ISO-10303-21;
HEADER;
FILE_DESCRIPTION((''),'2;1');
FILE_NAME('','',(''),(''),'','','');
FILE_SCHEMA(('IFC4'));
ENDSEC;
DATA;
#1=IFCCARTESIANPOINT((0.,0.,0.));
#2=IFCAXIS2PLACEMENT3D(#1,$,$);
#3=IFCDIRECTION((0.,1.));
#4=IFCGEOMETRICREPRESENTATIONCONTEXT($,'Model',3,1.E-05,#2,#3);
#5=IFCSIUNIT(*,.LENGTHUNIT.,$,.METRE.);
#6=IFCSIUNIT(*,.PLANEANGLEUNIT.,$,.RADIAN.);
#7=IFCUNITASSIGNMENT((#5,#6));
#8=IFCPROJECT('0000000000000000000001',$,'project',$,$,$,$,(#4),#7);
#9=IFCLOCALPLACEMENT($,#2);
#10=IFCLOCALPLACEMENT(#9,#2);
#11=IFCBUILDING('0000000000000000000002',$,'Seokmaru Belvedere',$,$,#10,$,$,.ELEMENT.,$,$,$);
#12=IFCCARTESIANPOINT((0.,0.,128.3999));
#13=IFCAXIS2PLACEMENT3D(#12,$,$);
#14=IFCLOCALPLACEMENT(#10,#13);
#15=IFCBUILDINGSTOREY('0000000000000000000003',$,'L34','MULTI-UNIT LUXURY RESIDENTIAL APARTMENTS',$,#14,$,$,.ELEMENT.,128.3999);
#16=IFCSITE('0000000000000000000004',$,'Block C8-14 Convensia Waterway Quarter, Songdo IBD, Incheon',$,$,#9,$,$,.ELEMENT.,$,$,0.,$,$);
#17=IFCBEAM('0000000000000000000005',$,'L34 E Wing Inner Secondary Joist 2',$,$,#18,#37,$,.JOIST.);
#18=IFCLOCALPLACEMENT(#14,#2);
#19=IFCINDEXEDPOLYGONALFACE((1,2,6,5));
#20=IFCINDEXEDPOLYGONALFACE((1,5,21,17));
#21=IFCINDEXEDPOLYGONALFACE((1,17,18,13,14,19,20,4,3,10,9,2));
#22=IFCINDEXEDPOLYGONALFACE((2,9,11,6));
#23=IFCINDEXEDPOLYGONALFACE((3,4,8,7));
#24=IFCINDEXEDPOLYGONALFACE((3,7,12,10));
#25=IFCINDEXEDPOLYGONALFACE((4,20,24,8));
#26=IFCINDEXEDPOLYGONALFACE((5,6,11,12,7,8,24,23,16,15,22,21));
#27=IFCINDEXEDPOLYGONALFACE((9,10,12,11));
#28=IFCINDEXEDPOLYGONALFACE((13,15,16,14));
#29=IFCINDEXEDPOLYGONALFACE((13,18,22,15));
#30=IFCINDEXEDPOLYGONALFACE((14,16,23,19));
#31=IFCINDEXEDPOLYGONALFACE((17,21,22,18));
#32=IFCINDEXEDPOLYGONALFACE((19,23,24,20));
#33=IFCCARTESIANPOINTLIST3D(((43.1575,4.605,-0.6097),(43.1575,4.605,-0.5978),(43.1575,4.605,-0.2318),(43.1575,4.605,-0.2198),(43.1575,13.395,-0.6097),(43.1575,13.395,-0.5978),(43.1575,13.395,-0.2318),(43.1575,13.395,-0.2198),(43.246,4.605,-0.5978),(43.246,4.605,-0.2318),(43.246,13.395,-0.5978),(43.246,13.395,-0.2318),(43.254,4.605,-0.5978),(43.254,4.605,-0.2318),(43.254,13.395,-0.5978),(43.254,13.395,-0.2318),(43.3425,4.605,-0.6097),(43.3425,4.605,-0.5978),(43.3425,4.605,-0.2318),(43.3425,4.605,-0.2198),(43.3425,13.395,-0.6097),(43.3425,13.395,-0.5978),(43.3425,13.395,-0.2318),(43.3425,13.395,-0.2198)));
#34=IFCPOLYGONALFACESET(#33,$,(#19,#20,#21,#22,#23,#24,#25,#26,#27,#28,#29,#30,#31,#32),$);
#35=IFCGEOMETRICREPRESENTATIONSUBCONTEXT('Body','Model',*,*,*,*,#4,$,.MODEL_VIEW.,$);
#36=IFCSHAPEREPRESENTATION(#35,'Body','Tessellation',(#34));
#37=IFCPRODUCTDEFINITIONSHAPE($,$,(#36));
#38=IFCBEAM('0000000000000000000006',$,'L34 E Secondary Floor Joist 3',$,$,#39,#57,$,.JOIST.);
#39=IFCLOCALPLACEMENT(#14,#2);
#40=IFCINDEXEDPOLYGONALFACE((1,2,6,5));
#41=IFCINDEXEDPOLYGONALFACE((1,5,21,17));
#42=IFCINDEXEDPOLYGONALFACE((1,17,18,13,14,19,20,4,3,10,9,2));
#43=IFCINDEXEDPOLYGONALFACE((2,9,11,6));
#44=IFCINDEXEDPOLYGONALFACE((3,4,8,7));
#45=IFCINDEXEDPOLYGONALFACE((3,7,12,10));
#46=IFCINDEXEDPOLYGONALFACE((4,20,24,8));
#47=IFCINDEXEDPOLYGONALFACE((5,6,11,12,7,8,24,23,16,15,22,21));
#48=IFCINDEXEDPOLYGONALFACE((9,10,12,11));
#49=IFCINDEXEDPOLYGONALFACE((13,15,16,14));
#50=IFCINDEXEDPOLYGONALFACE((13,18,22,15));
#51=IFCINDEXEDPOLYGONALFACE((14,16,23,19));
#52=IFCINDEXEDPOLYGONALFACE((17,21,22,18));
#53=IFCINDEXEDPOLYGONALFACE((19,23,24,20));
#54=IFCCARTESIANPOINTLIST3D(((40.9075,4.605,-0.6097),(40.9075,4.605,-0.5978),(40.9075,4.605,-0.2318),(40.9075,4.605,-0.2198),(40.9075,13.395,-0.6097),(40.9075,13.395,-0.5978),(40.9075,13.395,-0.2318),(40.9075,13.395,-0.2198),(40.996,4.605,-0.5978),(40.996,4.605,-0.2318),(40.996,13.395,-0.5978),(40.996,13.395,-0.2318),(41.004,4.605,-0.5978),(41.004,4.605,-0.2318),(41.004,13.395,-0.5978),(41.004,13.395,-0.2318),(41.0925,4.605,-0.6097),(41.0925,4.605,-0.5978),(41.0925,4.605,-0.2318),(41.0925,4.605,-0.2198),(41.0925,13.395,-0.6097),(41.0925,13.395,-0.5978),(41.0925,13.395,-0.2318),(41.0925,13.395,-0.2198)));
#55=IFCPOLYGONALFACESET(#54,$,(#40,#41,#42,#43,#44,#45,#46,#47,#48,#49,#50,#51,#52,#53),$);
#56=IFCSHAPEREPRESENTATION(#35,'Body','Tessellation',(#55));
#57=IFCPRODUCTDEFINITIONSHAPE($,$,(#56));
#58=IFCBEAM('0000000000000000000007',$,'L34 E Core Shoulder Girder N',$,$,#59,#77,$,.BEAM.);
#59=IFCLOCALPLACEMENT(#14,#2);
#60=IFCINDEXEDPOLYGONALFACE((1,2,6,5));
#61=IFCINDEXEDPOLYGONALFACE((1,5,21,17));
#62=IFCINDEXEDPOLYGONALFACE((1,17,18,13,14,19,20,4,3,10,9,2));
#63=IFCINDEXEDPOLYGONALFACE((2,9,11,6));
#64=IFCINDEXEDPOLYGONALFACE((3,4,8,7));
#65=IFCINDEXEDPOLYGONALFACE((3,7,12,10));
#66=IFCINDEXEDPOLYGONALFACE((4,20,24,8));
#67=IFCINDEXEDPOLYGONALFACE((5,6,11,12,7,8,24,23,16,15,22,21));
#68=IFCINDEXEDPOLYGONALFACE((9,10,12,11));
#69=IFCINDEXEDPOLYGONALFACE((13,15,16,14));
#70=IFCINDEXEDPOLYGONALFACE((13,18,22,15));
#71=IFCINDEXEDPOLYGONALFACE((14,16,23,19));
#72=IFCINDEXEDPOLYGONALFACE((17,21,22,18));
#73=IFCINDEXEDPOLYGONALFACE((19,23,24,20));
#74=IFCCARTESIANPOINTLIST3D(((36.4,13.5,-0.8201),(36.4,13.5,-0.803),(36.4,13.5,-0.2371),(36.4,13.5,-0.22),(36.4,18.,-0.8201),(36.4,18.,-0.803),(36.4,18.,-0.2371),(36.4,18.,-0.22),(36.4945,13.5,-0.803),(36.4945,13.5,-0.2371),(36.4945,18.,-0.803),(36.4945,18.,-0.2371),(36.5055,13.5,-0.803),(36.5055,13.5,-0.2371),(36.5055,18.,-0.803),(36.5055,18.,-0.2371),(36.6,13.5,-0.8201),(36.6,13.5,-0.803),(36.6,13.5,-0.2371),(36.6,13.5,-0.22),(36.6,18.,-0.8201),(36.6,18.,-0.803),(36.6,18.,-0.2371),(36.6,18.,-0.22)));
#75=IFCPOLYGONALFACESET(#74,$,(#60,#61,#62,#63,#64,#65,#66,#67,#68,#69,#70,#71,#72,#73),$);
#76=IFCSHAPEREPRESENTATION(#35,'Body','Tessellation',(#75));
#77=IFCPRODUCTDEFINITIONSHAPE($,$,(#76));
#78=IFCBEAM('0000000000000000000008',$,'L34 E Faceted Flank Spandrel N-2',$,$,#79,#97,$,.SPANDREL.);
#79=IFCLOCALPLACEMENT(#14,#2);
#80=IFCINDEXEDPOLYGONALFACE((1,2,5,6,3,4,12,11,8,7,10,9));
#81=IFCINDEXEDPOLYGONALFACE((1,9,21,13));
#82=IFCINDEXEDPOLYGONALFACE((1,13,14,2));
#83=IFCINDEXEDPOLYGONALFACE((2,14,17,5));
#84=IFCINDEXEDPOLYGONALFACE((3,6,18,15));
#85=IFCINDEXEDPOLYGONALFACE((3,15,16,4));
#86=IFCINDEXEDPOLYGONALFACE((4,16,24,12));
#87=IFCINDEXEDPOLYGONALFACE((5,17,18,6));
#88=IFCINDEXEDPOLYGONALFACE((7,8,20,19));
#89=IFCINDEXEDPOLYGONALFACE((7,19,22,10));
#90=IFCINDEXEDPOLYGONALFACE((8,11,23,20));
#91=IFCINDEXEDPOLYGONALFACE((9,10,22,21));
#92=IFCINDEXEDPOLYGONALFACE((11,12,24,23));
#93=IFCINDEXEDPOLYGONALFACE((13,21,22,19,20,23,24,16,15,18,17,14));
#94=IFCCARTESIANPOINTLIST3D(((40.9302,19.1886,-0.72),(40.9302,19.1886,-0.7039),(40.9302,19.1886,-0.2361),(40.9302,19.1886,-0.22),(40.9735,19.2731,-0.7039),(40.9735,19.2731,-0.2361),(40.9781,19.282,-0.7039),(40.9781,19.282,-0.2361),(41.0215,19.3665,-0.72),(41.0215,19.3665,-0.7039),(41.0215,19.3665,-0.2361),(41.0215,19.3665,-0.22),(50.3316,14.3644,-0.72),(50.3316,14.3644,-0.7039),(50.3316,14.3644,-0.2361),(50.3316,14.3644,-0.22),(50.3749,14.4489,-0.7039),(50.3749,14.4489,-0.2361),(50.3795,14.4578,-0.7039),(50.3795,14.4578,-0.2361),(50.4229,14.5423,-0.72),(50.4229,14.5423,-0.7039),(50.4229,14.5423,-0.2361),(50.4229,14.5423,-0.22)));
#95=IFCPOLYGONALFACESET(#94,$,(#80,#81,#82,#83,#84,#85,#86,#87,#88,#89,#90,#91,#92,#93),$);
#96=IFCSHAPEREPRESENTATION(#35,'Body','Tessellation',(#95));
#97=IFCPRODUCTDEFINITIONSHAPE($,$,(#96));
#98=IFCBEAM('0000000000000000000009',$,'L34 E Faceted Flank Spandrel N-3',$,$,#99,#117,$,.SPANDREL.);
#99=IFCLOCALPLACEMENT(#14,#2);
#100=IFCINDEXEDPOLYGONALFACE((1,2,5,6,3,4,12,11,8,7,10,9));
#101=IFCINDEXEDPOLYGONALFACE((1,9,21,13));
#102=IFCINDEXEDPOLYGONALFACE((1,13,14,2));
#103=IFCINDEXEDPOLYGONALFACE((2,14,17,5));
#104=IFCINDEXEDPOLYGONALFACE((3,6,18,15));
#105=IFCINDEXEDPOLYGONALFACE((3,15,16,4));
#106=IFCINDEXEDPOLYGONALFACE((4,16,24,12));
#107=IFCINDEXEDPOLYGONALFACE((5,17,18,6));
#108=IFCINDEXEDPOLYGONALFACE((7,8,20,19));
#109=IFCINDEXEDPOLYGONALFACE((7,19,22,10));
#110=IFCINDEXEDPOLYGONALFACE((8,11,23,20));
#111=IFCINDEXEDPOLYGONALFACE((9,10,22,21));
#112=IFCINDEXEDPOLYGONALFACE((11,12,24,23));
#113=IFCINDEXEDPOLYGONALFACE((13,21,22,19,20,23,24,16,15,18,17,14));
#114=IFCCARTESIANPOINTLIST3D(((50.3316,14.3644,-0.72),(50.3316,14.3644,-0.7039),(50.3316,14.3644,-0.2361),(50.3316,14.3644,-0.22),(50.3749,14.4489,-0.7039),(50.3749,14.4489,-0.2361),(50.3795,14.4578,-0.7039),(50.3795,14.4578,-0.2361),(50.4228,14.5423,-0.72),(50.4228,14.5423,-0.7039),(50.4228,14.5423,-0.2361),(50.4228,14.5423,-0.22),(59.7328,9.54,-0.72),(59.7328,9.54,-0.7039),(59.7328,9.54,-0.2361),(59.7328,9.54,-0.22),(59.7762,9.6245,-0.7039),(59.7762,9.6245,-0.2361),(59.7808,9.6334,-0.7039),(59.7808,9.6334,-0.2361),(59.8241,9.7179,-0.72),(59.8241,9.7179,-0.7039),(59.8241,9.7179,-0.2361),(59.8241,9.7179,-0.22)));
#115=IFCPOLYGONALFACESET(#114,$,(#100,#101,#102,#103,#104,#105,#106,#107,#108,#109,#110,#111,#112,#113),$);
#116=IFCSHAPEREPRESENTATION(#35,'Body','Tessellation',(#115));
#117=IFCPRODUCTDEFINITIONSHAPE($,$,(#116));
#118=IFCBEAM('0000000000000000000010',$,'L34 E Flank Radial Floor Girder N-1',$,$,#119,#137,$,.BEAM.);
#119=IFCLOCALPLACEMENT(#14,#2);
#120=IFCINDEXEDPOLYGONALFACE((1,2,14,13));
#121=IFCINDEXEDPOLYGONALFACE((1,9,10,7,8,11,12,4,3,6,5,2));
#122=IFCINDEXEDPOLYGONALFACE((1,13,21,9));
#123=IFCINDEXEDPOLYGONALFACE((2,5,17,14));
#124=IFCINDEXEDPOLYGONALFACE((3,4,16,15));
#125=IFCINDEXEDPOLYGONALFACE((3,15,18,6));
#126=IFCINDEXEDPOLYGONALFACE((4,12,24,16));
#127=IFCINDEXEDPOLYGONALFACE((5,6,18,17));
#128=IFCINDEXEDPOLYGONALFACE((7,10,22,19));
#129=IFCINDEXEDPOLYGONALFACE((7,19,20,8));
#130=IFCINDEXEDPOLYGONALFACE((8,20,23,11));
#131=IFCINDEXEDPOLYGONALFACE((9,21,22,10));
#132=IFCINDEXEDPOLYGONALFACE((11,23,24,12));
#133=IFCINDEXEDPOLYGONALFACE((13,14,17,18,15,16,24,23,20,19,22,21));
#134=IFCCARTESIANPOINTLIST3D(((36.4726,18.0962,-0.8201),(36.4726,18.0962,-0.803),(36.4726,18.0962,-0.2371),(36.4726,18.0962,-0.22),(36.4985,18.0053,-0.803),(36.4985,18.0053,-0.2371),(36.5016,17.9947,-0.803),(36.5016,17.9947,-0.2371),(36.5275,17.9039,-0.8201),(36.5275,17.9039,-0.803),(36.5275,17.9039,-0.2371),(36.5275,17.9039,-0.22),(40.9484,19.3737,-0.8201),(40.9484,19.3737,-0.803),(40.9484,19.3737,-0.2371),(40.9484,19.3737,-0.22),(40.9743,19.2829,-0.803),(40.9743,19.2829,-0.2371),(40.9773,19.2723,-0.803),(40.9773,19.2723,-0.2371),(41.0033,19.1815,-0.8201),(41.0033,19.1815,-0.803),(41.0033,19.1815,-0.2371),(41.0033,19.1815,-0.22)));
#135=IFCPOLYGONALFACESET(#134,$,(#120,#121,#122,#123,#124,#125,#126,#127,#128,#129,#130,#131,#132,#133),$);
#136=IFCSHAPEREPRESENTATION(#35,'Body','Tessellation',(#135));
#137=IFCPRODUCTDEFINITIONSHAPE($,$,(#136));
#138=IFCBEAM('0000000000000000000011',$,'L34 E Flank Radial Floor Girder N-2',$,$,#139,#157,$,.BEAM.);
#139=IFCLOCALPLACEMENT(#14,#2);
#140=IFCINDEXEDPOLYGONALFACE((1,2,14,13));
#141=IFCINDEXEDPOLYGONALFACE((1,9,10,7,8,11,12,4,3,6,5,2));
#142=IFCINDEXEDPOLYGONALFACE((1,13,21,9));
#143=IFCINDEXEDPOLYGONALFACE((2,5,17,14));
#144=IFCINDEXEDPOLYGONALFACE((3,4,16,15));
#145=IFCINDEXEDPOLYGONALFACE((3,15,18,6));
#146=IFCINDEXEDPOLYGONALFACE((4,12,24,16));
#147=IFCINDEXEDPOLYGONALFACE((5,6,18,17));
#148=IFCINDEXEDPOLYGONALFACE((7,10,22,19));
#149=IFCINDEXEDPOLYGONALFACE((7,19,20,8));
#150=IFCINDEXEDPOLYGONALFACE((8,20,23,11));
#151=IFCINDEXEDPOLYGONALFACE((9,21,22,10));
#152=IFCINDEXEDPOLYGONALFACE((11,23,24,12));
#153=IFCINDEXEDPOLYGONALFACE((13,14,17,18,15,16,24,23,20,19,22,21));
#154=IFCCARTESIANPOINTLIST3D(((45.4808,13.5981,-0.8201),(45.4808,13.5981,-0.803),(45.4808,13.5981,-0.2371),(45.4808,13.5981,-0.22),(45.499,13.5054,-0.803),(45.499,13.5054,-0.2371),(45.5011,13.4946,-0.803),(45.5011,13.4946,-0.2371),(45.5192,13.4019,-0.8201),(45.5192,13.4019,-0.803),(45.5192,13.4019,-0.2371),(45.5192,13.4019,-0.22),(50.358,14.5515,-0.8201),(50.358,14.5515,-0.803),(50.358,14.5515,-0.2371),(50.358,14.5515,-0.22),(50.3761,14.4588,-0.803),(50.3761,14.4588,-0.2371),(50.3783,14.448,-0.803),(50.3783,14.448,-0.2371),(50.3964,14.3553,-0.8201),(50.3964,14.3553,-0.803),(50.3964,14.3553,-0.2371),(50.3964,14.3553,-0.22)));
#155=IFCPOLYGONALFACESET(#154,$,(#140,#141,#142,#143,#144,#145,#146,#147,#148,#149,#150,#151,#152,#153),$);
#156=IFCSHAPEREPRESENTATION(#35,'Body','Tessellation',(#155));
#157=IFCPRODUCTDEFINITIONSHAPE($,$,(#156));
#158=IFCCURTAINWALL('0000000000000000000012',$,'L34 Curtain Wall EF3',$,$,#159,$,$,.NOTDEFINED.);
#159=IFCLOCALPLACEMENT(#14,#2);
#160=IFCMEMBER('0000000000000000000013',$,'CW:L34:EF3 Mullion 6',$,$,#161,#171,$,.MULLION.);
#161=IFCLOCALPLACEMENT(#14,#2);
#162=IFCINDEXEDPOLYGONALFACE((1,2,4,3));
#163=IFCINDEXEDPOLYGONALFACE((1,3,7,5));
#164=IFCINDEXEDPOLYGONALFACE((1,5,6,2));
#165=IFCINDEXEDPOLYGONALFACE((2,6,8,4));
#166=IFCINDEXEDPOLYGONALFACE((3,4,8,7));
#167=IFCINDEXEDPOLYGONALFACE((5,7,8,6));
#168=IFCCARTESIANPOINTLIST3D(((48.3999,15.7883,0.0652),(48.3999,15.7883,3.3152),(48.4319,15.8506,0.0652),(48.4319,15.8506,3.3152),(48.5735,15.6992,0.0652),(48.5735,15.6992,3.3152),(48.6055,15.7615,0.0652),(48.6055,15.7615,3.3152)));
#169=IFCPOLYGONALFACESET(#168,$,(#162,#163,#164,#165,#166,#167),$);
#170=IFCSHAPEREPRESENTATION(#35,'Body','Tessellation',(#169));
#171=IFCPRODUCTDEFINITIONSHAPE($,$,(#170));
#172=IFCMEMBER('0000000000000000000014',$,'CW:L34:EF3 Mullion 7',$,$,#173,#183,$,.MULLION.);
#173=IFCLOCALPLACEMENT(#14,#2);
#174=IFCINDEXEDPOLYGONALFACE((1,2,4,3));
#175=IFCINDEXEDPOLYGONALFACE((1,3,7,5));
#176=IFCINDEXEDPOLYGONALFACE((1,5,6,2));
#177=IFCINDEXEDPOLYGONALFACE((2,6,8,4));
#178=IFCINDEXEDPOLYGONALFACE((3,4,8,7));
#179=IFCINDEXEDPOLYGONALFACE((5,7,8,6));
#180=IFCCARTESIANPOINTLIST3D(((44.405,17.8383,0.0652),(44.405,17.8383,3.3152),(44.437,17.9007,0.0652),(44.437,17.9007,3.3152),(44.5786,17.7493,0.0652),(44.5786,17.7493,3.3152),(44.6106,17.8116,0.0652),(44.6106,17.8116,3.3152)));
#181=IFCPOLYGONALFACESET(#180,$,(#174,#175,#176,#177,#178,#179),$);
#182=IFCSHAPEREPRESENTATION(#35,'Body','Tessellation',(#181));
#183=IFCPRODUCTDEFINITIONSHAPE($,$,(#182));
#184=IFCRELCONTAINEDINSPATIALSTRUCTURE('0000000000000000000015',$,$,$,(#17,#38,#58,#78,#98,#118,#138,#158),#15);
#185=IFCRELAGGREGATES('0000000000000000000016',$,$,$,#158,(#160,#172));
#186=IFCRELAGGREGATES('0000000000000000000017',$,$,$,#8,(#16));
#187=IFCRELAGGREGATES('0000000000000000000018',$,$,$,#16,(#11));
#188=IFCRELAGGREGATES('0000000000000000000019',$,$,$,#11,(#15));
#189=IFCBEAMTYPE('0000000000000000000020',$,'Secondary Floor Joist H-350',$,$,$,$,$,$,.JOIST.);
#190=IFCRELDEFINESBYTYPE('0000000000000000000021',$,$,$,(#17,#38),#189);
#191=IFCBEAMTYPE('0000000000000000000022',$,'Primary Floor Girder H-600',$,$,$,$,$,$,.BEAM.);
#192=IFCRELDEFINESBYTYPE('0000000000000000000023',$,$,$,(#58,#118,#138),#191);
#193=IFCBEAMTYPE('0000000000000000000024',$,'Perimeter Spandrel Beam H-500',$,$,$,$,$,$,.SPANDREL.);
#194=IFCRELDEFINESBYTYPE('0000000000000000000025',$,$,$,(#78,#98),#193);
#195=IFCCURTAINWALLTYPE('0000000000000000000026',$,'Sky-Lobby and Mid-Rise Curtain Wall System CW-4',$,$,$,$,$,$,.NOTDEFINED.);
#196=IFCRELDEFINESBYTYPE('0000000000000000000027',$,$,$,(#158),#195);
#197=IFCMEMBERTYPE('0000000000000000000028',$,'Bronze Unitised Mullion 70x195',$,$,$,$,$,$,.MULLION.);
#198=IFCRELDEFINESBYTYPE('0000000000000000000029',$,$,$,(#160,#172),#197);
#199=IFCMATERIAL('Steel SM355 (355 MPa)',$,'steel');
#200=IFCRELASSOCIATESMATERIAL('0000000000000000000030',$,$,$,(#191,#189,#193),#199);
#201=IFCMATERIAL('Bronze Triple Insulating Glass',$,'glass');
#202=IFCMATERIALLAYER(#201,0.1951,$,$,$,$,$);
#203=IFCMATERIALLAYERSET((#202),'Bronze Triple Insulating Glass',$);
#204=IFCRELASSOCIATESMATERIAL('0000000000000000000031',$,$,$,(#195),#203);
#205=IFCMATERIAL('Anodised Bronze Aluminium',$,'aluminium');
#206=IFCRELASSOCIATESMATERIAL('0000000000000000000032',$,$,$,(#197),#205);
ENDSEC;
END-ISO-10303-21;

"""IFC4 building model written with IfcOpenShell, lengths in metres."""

from ifc_helpers import new_model, si_unit, direction, frame, origin, origin_2d, place, context, subcontext, project, spatial, rectangle, i_section, extrude, source, transform, mapped, material, layer, layer_set, material_profile, profile_set, type_object, type_shapes, element, aggregate, save


model = new_model("IFC4")

# Units and contexts
model_context = context("Model", 3, precision=1e-05, world=origin(), true_north=direction((0.0, 1.0)))
body_context = subcontext(model_context, "Body", "Model", "MODEL_VIEW")
ifc_project = project(units=[si_unit("LENGTHUNIT", "METRE"), si_unit("PLANEANGLEUNIT", "RADIAN")], contexts=[model_context])

# Site, building, storey
site_placement = place(None, origin())
site = spatial("IfcSite", under=ifc_project, at=site_placement, Name="Block C8-14 Convensia Waterway Quarter, Songdo IBD, Incheon", CompositionType="ELEMENT", RefElevation=0.0)
building_placement = place(site_placement, origin())
building = spatial("IfcBuilding", under=site, at=building_placement, Name="Seokmaru Belvedere", CompositionType="ELEMENT")
storey_placement = place(building_placement, frame((0.0, 0.0, 128.3999)))
storey = spatial("IfcBuildingStorey", under=building, at=storey_placement, Name="L34", Description="MULTI-UNIT LUXURY RESIDENTIAL APARTMENTS", CompositionType="ELEMENT", Elevation=128.3999)

# Shared definitions
ifc_material_1 = material(Name="Steel SM355 (355 MPa)", Category="steel")

# Beams
ifc_material_profile_1 = material_profile(ifc_material_1, i_section(OverallWidth=0.2, OverallDepth=0.6001, WebThickness=0.011, FlangeThickness=0.0171, at=origin_2d()), Name="H-600x200x11x17")
ifc_profile_set_1 = profile_set([ifc_material_profile_1], Name="Steel SM355 (355 MPa)")
beam_type_1 = type_object("IfcBeamType", Name="Primary Floor Girder H-600", PredefinedType="BEAM", material=ifc_profile_set_1)
ifc_material_profile_2 = material_profile(ifc_material_1, i_section(OverallWidth=0.1851, OverallDepth=0.3899, WebThickness=0.0081, FlangeThickness=0.012, at=origin_2d()), Name="H-390x185x8x12")
ifc_profile_set_2 = profile_set([ifc_material_profile_2], Name="Steel SM355 (355 MPa)")
beam_type_2 = type_object("IfcBeamType", Name="Secondary Floor Joist H-350", PredefinedType="JOIST", material=ifc_profile_set_2)
shared_shape_1 = source(origin(), body_context, "Body", "SweptSolid", [
    extrude(i_section(OverallWidth=0.1851, OverallDepth=0.3899, WebThickness=0.0081, FlangeThickness=0.012, at=origin_2d()), origin(), (0.0, 0.0, 1.0), 8.79),
])
type_shapes(beam_type_2, [shared_shape_1])
for number, where, z_axis, x_axis, name in (
    (1, (43.25, 4.605, -0.4148), (0.0, 1.0, 0.0), (-1.0, 0.0, 0.0), "L34 E Wing Inner Secondary Joist 2"),
    (2, (41.0, 4.605, -0.4148), (0.0, 1.0, 0.0), (-1.0, 0.0, 0.0), "L34 E Secondary Floor Joist 3"),
):
    element("IfcBeam", number, at=place(storey_placement, frame(where, z_axis=z_axis, x_axis=x_axis)), inside=storey, type_object=beam_type_2, Name=name, PredefinedType="JOIST", context=body_context, shape_type="MappedRepresentation", body=[
        mapped(shared_shape_1, transform((0.0, 0.0, 0.0), scale=1.0)),
    ])
shared_shape_2 = source(origin(), body_context, "Body", "SweptSolid", [
    extrude(i_section(OverallWidth=0.2, OverallDepth=0.6001, WebThickness=0.011, FlangeThickness=0.0171, at=origin_2d()), origin(), (0.0, 0.0, 1.0), 4.5),
])
beam_1_placement = place(storey_placement, frame((36.5, 13.5, -0.52), z_axis=(0.0, 1.0, 0.0), x_axis=(-1.0, 0.0, 0.0)))
element("IfcBeam", 3, at=beam_1_placement, inside=storey, type_object=beam_type_1, Name="L34 E Core Shoulder Girder N", PredefinedType="BEAM", context=body_context, shape_type="MappedRepresentation", body=[
    mapped(shared_shape_2, transform((0.0, 0.0, 0.0), scale=1.0)),
])
ifc_material_profile_3 = material_profile(ifc_material_1, i_section(OverallWidth=0.2, OverallDepth=0.5, WebThickness=0.01, FlangeThickness=0.0161, at=origin_2d()), Name="H-500x200x10x16")
ifc_profile_set_3 = profile_set([ifc_material_profile_3], Name="Steel SM355 (355 MPa)")
beam_type_3 = type_object("IfcBeamType", Name="Perimeter Spandrel Beam H-500", PredefinedType="SPANDREL", material=ifc_profile_set_3)
shared_shape_3 = source(origin(), body_context, "Body", "SweptSolid", [
    extrude(i_section(OverallWidth=0.2, OverallDepth=0.5, WebThickness=0.01, FlangeThickness=0.0161, at=origin_2d()), origin(), (0.0, 0.0, 1.0), 10.5669),
])
type_shapes(beam_type_3, [shared_shape_3])
for number, where, z_axis, x_axis, name in (
    (4, (40.9758, 19.2776, -0.47), (0.889702, -0.456542, 0.0), (0.456542, 0.889702, 0.0), "L34 E Faceted Flank Spandrel N-2"),
    (5, (50.3772, 14.4534, -0.47), (0.889693, -0.45656, 0.0), (0.45656, 0.889693, 0.0), "L34 E Faceted Flank Spandrel N-3"),
):
    element("IfcBeam", number, at=place(storey_placement, frame(where, z_axis=z_axis, x_axis=x_axis)), inside=storey, type_object=beam_type_3, Name=name, PredefinedType="SPANDREL", context=body_context, shape_type="MappedRepresentation", body=[
        mapped(shared_shape_3, transform((0.0, 0.0, 0.0), scale=1.0)),
    ])
shared_shape_4 = source(origin(), body_context, "Body", "SweptSolid", [
    extrude(i_section(OverallWidth=0.2, OverallDepth=0.6001, WebThickness=0.011, FlangeThickness=0.0171, at=origin_2d()), origin(), (0.0, 0.0, 1.0), 4.6545),
])
beam_2_placement = place(storey_placement, frame((40.9758, 19.2776, -0.52), z_axis=(-0.961593, -0.274479, 0.0), x_axis=(0.274479, -0.961593, 0.0)))
element("IfcBeam", 6, at=beam_2_placement, inside=storey, type_object=beam_type_1, Name="L34 E Flank Radial Floor Girder N-1", PredefinedType="BEAM", context=body_context, shape_type="MappedRepresentation", body=[
    mapped(shared_shape_4, transform((0.0, 0.0, 0.0), scale=1.0)),
])
shared_shape_5 = source(origin(), body_context, "Body", "SweptSolid", [
    extrude(i_section(OverallWidth=0.2, OverallDepth=0.6001, WebThickness=0.011, FlangeThickness=0.0171, at=origin_2d()), origin(), (0.0, 0.0, 1.0), 4.9695),
])
beam_3_placement = place(storey_placement, frame((50.3772, 14.4534, -0.52), z_axis=(-0.981425, -0.191844, 0.0), x_axis=(0.191844, -0.981425, 0.0)))
element("IfcBeam", 7, at=beam_3_placement, inside=storey, type_object=beam_type_1, Name="L34 E Flank Radial Floor Girder N-2", PredefinedType="BEAM", context=body_context, shape_type="MappedRepresentation", body=[
    mapped(shared_shape_5, transform((0.0, 0.0, 0.0), scale=1.0)),
])

# Curtain wall, members
ifc_material_2 = material(Name="Bronze Triple Insulating Glass", Category="glass")
ifc_layer_1 = layer(ifc_material_2, 0.1951)
ifc_layer_set_1 = layer_set([ifc_layer_1], Name="Bronze Triple Insulating Glass")
curtain_wall_type = type_object("IfcCurtainWallType", Name="Sky-Lobby and Mid-Rise Curtain Wall System CW-4", PredefinedType="NOTDEFINED", material=ifc_layer_set_1)
curtain_wall_placement = place(storey_placement, origin())
curtain_wall = element("IfcCurtainWall", 8, at=curtain_wall_placement, inside=storey, type_object=curtain_wall_type, Name="L34 Curtain Wall EF3", PredefinedType="NOTDEFINED")
ifc_material_3 = material(Name="Anodised Bronze Aluminium", Category="aluminium")
ifc_material_profile_4 = material_profile(ifc_material_3, rectangle(XDim=0.0701, YDim=0.1951, at=origin_2d()), Name="CW-M-70x195")
ifc_profile_set_4 = profile_set([ifc_material_profile_4], Name="Anodised Bronze Aluminium")
member_type = type_object("IfcMemberType", Name="Bronze Unitised Mullion 70x195", PredefinedType="MULLION", material=ifc_profile_set_4)
shared_shape_6 = source(origin(), body_context, "Body", "SweptSolid", [
    extrude(rectangle(XDim=0.0701, YDim=0.1951, at=origin_2d()), origin(), (0.0, 0.0, 1.0), 3.25),
])
type_shapes(member_type, [shared_shape_6])
member_1_placement = place(storey_placement, frame((48.5027, 15.7749, 0.0652), z_axis=(0.0, 0.0, 1.0), x_axis=(-0.456555, -0.889695, 0.0)))
member_1 = element("IfcMember", 9, at=member_1_placement, type_object=member_type, Name="CW:L34:EF3 Mullion 6", PredefinedType="MULLION", context=body_context, shape_type="MappedRepresentation", body=[
    mapped(shared_shape_6, transform((0.0, 0.0, 0.0), scale=1.0)),
])
member_2_placement = place(storey_placement, frame((44.5078, 17.825, 0.0652), z_axis=(0.0, 0.0, 1.0), x_axis=(-0.456555, -0.889695, 0.0)))
member_2 = element("IfcMember", 10, at=member_2_placement, type_object=member_type, Name="CW:L34:EF3 Mullion 7", PredefinedType="MULLION", context=body_context, shape_type="MappedRepresentation", body=[
    mapped(shared_shape_6, transform((0.0, 0.0, 0.0), scale=1.0)),
])
aggregate(curtain_wall, [member_1, member_2])

save(model, "model.ifc")
